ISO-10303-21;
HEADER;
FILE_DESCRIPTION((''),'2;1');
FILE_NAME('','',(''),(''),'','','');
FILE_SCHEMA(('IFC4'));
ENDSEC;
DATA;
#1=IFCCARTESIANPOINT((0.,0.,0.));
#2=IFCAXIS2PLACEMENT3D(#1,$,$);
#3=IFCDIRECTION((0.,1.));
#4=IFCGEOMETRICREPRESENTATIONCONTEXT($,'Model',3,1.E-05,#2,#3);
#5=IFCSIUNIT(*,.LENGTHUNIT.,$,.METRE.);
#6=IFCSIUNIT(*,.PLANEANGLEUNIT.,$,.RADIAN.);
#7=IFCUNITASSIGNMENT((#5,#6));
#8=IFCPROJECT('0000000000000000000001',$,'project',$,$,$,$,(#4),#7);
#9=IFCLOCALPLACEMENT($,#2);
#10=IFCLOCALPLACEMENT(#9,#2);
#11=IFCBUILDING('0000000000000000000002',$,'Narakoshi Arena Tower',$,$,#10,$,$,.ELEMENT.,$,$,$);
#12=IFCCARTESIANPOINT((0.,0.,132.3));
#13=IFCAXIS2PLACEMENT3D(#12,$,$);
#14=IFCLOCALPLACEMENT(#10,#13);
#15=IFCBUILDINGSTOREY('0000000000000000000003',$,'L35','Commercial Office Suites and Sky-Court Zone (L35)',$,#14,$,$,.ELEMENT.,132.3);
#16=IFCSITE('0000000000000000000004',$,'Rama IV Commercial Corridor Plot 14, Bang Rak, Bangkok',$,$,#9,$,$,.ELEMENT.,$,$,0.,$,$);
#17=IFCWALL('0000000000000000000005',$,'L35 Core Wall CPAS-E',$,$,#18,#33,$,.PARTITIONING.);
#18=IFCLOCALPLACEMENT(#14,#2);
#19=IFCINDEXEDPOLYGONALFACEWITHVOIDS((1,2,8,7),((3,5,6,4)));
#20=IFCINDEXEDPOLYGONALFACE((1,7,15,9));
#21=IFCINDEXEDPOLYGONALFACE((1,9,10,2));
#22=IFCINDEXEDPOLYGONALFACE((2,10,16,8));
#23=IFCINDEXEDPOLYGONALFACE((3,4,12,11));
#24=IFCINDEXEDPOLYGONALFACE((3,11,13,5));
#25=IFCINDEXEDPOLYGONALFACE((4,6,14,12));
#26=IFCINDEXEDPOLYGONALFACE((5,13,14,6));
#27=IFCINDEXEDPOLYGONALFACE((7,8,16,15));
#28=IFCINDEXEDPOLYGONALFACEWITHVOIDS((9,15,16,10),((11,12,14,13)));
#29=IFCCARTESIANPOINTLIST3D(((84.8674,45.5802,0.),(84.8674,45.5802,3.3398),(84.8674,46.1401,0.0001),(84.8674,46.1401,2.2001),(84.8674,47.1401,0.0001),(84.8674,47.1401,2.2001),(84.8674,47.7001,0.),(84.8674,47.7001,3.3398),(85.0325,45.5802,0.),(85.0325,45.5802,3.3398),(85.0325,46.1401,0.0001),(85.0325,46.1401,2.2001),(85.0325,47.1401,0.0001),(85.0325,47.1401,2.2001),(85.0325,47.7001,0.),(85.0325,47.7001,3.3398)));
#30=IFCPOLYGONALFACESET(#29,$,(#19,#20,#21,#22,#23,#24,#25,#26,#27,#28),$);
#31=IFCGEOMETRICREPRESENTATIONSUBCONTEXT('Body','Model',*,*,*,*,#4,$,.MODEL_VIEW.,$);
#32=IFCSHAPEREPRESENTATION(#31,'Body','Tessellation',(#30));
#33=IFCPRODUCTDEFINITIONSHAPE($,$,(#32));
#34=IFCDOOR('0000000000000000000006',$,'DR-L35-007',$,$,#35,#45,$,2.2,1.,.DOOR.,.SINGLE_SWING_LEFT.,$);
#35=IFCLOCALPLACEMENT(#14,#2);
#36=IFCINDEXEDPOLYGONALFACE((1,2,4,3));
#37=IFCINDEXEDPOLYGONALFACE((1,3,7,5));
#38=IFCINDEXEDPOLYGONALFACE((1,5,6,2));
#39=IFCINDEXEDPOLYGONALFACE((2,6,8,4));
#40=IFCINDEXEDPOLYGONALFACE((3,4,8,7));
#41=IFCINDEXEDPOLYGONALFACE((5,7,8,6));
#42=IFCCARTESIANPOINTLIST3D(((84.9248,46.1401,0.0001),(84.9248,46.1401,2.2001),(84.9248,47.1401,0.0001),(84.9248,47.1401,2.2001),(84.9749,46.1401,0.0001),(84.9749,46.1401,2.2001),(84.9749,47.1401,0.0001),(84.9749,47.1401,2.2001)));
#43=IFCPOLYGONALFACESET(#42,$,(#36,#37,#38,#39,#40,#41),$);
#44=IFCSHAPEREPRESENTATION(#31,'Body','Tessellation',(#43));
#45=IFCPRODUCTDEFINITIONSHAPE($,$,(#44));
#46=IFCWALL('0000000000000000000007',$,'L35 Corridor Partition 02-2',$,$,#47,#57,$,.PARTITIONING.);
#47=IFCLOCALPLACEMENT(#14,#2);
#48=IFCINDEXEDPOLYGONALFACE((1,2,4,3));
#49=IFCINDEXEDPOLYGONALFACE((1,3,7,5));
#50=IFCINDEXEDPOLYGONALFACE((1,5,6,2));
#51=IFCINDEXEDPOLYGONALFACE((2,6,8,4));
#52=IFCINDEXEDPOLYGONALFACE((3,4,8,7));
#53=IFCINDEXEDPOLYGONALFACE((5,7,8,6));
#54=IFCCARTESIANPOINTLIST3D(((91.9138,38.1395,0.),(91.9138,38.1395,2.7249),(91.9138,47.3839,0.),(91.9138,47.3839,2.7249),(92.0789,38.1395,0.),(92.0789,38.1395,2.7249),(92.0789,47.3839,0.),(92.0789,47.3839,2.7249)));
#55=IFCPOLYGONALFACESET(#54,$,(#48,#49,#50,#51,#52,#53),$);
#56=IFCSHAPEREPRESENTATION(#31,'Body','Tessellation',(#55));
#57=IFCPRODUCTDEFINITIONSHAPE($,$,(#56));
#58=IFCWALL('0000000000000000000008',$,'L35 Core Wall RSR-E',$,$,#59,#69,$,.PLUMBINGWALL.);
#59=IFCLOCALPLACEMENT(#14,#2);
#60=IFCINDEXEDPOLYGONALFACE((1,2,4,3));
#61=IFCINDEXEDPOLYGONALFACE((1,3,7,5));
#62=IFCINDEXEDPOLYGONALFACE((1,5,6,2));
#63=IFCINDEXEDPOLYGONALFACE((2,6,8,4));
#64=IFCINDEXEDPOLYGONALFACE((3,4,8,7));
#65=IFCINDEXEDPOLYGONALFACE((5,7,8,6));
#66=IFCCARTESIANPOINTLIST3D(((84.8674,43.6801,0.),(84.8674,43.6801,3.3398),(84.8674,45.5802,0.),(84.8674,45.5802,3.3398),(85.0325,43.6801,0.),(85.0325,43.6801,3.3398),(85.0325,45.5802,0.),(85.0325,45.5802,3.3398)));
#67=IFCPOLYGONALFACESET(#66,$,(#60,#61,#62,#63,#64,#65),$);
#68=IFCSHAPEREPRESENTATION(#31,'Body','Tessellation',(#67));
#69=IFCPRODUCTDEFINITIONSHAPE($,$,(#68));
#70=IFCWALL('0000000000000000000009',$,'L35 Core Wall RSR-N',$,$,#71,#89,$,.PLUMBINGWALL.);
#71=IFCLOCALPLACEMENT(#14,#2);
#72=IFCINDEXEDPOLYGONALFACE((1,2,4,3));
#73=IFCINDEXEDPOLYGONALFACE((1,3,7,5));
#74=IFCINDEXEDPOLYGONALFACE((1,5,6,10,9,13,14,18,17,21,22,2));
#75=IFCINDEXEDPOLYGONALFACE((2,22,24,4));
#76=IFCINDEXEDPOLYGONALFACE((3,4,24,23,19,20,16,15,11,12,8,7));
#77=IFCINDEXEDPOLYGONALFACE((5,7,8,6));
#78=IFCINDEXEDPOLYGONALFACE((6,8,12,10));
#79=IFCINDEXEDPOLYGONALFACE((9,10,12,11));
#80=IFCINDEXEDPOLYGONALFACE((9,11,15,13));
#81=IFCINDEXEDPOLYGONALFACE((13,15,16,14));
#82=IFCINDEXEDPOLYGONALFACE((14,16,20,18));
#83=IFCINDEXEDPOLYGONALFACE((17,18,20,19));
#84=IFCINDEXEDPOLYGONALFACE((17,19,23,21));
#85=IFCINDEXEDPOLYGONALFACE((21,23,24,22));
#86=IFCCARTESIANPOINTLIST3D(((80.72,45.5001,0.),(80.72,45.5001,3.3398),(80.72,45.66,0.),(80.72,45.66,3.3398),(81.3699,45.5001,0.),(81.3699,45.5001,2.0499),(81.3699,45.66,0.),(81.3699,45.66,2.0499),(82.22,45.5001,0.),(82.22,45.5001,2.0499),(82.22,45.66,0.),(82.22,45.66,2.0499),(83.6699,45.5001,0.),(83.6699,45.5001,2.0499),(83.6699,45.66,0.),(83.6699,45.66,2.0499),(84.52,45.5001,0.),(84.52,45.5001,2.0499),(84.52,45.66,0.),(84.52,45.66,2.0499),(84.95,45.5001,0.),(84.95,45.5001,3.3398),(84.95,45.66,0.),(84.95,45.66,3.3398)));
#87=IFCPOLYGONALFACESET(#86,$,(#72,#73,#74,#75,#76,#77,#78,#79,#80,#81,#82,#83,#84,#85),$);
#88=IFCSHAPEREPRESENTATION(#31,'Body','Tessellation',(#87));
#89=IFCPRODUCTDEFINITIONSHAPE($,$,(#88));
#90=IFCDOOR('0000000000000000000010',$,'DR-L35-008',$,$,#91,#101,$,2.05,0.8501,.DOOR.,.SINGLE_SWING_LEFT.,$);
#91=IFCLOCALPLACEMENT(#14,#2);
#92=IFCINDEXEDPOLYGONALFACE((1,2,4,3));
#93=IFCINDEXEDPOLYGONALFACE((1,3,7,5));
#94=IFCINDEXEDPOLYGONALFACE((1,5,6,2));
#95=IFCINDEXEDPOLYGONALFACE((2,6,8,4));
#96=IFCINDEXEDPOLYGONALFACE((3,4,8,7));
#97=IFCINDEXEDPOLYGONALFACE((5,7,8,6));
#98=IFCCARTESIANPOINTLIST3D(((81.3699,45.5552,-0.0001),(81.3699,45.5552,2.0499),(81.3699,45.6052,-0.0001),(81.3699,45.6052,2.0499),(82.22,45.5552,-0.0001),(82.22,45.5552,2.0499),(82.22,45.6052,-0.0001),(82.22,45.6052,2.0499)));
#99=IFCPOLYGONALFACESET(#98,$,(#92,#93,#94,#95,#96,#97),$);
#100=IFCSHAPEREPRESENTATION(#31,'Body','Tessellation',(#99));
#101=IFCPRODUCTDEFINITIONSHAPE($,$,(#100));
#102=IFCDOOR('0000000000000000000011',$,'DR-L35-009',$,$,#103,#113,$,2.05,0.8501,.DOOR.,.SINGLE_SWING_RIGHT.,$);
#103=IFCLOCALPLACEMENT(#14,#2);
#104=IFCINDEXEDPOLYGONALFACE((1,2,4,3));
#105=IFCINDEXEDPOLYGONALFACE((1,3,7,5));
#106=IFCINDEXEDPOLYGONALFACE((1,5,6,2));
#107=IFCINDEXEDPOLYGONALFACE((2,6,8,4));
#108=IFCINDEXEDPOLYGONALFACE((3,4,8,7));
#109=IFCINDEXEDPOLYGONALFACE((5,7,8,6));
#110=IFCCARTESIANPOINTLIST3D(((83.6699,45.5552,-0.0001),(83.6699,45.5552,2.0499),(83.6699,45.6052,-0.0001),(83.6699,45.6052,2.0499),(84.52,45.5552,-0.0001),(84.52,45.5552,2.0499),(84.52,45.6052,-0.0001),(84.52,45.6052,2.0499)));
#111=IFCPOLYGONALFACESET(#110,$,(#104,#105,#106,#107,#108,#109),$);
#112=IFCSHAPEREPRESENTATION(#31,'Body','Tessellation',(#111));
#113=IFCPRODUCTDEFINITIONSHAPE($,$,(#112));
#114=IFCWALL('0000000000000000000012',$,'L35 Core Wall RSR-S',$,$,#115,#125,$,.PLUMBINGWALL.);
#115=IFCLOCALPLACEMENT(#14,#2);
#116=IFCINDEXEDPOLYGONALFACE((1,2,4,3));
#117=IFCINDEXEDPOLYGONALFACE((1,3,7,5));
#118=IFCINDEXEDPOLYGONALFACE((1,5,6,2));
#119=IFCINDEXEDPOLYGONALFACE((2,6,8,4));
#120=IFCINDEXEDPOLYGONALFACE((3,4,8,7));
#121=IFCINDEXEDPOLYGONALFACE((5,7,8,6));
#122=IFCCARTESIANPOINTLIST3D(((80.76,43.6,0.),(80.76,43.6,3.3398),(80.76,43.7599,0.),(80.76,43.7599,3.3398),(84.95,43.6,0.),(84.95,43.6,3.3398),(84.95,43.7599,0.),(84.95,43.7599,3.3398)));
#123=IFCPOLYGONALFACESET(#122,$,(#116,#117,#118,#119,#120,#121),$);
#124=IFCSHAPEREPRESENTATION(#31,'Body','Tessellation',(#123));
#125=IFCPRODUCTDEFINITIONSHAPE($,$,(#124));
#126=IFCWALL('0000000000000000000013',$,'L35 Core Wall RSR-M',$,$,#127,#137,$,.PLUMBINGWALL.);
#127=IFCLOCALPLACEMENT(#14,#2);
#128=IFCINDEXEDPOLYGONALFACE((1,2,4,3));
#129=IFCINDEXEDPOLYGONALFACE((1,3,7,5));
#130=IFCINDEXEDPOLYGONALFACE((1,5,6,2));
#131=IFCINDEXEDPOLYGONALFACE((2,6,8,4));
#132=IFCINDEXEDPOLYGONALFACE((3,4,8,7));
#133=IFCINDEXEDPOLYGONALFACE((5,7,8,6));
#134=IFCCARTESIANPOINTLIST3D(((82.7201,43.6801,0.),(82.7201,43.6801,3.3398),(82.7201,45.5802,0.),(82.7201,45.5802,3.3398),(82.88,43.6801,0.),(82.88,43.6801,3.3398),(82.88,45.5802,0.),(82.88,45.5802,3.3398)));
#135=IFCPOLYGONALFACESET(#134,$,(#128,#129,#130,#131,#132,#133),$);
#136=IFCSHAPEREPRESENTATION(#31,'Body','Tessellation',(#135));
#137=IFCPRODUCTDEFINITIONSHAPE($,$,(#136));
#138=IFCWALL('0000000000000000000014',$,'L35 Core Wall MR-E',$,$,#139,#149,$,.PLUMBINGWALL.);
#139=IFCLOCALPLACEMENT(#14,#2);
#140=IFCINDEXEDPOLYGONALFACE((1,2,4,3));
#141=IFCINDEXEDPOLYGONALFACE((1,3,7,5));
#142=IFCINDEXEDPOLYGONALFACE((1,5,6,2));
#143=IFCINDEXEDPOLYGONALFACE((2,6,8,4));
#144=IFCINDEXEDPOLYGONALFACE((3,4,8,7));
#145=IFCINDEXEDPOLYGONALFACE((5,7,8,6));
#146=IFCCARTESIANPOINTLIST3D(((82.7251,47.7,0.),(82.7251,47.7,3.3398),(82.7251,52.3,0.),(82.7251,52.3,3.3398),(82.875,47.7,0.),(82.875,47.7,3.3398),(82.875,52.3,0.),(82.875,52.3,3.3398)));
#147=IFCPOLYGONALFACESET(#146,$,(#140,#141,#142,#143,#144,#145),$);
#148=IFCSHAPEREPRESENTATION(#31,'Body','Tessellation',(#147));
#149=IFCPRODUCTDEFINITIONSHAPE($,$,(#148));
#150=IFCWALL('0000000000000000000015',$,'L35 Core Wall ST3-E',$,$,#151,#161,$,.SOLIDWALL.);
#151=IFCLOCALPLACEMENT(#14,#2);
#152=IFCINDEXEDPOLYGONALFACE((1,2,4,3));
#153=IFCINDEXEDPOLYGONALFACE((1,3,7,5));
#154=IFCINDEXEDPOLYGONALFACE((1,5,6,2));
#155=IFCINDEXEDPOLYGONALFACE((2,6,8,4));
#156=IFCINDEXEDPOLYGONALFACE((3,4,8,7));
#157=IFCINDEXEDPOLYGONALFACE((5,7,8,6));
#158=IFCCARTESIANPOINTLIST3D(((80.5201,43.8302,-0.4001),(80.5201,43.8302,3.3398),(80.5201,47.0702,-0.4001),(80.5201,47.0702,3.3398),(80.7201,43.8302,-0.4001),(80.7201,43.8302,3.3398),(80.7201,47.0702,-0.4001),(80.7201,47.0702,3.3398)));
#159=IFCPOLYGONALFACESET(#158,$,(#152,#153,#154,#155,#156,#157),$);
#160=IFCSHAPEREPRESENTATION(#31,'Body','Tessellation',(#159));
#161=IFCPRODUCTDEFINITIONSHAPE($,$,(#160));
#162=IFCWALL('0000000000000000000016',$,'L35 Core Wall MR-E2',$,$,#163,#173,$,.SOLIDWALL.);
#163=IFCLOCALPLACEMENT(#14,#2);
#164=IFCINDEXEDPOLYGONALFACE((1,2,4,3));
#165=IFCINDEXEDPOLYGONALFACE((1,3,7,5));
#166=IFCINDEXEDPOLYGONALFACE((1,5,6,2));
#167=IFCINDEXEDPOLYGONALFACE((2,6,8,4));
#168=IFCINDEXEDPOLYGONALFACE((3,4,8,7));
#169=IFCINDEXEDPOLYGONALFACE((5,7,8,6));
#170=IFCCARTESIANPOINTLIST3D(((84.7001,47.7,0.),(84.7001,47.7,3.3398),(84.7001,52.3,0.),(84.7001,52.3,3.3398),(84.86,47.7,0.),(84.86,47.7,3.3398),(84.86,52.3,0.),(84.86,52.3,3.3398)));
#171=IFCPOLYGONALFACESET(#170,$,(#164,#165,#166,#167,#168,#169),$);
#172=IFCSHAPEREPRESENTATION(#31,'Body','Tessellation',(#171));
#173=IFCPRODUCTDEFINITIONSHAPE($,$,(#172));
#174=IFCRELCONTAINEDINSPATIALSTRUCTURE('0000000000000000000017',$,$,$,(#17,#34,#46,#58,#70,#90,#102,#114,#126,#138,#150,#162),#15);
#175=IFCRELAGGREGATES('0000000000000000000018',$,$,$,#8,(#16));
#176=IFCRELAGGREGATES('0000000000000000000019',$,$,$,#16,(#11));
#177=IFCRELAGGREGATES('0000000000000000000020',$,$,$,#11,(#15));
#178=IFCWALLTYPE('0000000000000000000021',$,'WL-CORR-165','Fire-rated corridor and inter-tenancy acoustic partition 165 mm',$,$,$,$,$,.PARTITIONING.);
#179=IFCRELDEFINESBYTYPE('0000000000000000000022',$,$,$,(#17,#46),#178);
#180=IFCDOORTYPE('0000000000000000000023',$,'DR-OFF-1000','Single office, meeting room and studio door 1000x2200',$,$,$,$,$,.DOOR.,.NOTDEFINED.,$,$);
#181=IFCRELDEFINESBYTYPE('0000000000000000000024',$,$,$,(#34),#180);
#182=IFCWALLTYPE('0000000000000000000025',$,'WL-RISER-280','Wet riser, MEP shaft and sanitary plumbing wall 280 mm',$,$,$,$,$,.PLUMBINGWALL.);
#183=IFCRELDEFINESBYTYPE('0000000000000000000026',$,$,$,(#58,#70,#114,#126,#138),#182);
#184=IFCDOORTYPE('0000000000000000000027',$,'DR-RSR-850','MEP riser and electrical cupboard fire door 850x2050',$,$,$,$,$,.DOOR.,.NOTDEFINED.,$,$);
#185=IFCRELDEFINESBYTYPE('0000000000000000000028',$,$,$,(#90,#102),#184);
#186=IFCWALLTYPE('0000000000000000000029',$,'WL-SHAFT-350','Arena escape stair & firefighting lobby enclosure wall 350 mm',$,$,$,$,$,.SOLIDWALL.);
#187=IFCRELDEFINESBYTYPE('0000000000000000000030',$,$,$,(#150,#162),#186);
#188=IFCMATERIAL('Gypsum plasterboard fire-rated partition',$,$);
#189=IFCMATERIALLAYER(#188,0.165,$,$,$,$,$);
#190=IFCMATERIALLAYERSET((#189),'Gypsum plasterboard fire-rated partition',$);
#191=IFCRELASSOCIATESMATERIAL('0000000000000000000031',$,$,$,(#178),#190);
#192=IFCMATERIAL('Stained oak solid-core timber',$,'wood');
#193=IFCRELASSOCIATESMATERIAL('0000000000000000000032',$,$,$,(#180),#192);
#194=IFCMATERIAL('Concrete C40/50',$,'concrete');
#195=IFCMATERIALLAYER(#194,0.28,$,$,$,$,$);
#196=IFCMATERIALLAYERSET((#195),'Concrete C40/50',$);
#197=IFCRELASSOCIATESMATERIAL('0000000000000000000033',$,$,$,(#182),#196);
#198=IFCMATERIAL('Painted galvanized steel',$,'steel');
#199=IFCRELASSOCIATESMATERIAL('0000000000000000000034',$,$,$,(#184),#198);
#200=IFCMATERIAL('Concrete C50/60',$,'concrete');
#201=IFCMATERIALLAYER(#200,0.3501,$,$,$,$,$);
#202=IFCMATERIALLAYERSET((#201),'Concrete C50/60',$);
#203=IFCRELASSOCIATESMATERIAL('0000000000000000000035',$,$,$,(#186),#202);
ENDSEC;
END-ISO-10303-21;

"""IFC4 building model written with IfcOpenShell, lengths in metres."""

from ifc_helpers import new_model, si_unit, direction, frame, frame_2d, origin, place, context, subcontext, project, spatial, rectangle, extrude, material, layer, layer_set, type_object, element, fill, save


model = new_model("IFC4")

# Units and contexts
model_context = context("Model", 3, precision=1e-05, world=origin(), true_north=direction((0.0, 1.0)))
body_context = subcontext(model_context, "Body", "Model", "MODEL_VIEW")
ifc_project = project(units=[si_unit("LENGTHUNIT", "METRE"), si_unit("PLANEANGLEUNIT", "RADIAN")], contexts=[model_context])

# Site, building, storey
site_placement = place(None, origin())
site = spatial("IfcSite", under=ifc_project, at=site_placement, Name="Rama IV Commercial Corridor Plot 14, Bang Rak, Bangkok", CompositionType="ELEMENT", RefElevation=0.0)
building_placement = place(site_placement, origin())
building = spatial("IfcBuilding", under=site, at=building_placement, Name="Narakoshi Arena Tower", CompositionType="ELEMENT")
storey_placement = place(building_placement, frame((0.0, 0.0, 132.3)))
storey = spatial("IfcBuildingStorey", under=building, at=storey_placement, Name="L35", Description="Commercial Office Suites and Sky-Court Zone (L35)", CompositionType="ELEMENT", Elevation=132.3)

# Wall, opening, door
ifc_material_1 = material(Name="Gypsum plasterboard fire-rated partition")
ifc_layer_1 = layer(ifc_material_1, 0.165)
ifc_layer_set_1 = layer_set([ifc_layer_1], Name="Gypsum plasterboard fire-rated partition")
wall_type_1 = type_object("IfcWallType", Name="WL-CORR-165", Description="Fire-rated corridor and inter-tenancy acoustic partition 165 mm", PredefinedType="PARTITIONING", material=ifc_layer_set_1)
wall_1_placement = place(storey_placement, frame((84.95, 45.5801, 0.0), z_axis=(0.0, 0.0, 1.0), x_axis=(0.0, 1.0, 0.0)))
wall_1 = element("IfcWall", 1, at=wall_1_placement, inside=storey, type_object=wall_type_1, Name="L35 Core Wall CPAS-E", PredefinedType="PARTITIONING", context=body_context, shape_type="SweptSolid", body=[
    extrude(rectangle(XDim=2.1199, YDim=0.165, at=frame_2d((1.0601, 0.0))), origin(), (0.0, 0.0, 1.0), 3.3398),
])
opening_1_placement = place(wall_1_placement, frame((0.5601, 0.0, 0.0)))
opening_1 = element("IfcOpeningElement", 2, at=opening_1_placement, cuts=wall_1, PredefinedType="OPENING", context=body_context, shape_type="SweptSolid", body=[
    extrude(rectangle(XDim=1.0, YDim=2.2, at=frame_2d((0.5, 1.1001))), frame((0.0, 0.0925, 0.0), z_axis=(0.0, -1.0, 0.0), x_axis=(1.0, 0.0, 0.0)), (0.0, 0.0, 1.0), 0.1851),
])
ifc_material_2 = material(Name="Stained oak solid-core timber", Category="wood")
door_type_1 = type_object("IfcDoorType", Name="DR-OFF-1000", Description="Single office, meeting room and studio door 1000x2200", OperationType="NOTDEFINED", PredefinedType="DOOR", material=ifc_material_2)
door_1_placement = place(opening_1_placement, frame((1.0, 0.0, 0.0), z_axis=(0.0, 0.0, 1.0), x_axis=(-1.0, 0.0, 0.0)))
door_1 = element("IfcDoor", 3, at=door_1_placement, inside=storey, type_object=door_type_1, Name="DR-L35-007", OperationType="SINGLE_SWING_LEFT", OverallHeight=2.2, OverallWidth=1.0, PredefinedType="DOOR", context=body_context, shape_type="SweptSolid", body=[
    extrude(rectangle(XDim=1.0, YDim=2.2, at=frame_2d((0.5, 1.1001))), frame((0.0, 0.0249, 0.0), z_axis=(0.0, -1.0, 0.0), x_axis=(1.0, 0.0, 0.0)), (0.0, 0.0, 1.0), 0.05),
])
fill(opening_1, door_1)

# Walls
wall_2_placement = place(storey_placement, frame((91.9963, 47.3838, 0.0), z_axis=(0.0, 0.0, 1.0), x_axis=(0.0, -1.0, 0.0)))
element("IfcWall", 4, at=wall_2_placement, inside=storey, type_object=wall_type_1, Name="L35 Corridor Partition 02-2", PredefinedType="PARTITIONING", context=body_context, shape_type="SweptSolid", body=[
    extrude(rectangle(XDim=9.2444, YDim=0.165, at=frame_2d((4.6221, 0.0))), origin(), (0.0, 0.0, 1.0), 2.7249),
])
ifc_material_3 = material(Name="Concrete C40/50", Category="concrete")
ifc_layer_2 = layer(ifc_material_3, 0.28)
ifc_layer_set_2 = layer_set([ifc_layer_2], Name="Concrete C40/50")
wall_type_2 = type_object("IfcWallType", Name="WL-RISER-280", Description="Wet riser, MEP shaft and sanitary plumbing wall 280 mm", PredefinedType="PLUMBINGWALL", material=ifc_layer_set_2)
wall_3_placement = place(storey_placement, frame((84.95, 43.6799, 0.0), z_axis=(0.0, 0.0, 1.0), x_axis=(0.0, 1.0, 0.0)))
element("IfcWall", 5, at=wall_3_placement, inside=storey, type_object=wall_type_2, Name="L35 Core Wall RSR-E", PredefinedType="PLUMBINGWALL", context=body_context, shape_type="SweptSolid", body=[
    extrude(rectangle(XDim=1.9001, YDim=0.165, at=frame_2d((0.9502, 0.0))), origin(), (0.0, 0.0, 1.0), 3.3398),
])

# Wall, openings, doors
wall_4_placement = place(storey_placement, frame((80.72, 45.5801, 0.0), z_axis=(0.0, 0.0, 1.0), x_axis=(1.0, 0.0, 0.0)))
wall_4 = element("IfcWall", 6, at=wall_4_placement, inside=storey, type_object=wall_type_2, Name="L35 Core Wall RSR-N", PredefinedType="PLUMBINGWALL", context=body_context, shape_type="SweptSolid", body=[
    extrude(rectangle(XDim=4.23, YDim=0.1599, at=frame_2d((2.115, 0.0))), origin(), (0.0, 0.0, 1.0), 3.3398),
])
opening_2_placement = place(wall_4_placement, frame((0.6499, 0.0, 0.0)))
opening_2 = element("IfcOpeningElement", 7, at=opening_2_placement, cuts=wall_4, PredefinedType="OPENING", context=body_context, shape_type="SweptSolid", body=[
    extrude(rectangle(XDim=0.8501, YDim=2.05, at=frame_2d((0.425, 1.0249))), frame((0.0, 0.0898, 0.0), z_axis=(0.0, -1.0, 0.0), x_axis=(1.0, 0.0, 0.0)), (0.0, 0.0, 1.0), 0.1799),
])
opening_3_placement = place(wall_4_placement, frame((2.95, 0.0, 0.0)))
opening_3 = element("IfcOpeningElement", 8, at=opening_3_placement, cuts=wall_4, PredefinedType="OPENING", context=body_context, shape_type="SweptSolid", body=[
    extrude(rectangle(XDim=0.8501, YDim=2.05, at=frame_2d((0.425, 1.0249))), frame((0.0, 0.0898, 0.0), z_axis=(0.0, -1.0, 0.0), x_axis=(1.0, 0.0, 0.0)), (0.0, 0.0, 1.0), 0.1799),
])
ifc_material_4 = material(Name="Painted galvanized steel", Category="steel")
door_type_2 = type_object("IfcDoorType", Name="DR-RSR-850", Description="MEP riser and electrical cupboard fire door 850x2050", OperationType="NOTDEFINED", PredefinedType="DOOR", material=ifc_material_4)
door_2_placement = place(opening_2_placement, frame((0.8501, 0.0, 0.0), z_axis=(0.0, 0.0, 1.0), x_axis=(-1.0, 0.0, 0.0)))
door_2 = element("IfcDoor", 9, at=door_2_placement, inside=storey, type_object=door_type_2, Name="DR-L35-008", OperationType="SINGLE_SWING_LEFT", OverallHeight=2.05, OverallWidth=0.8501, PredefinedType="DOOR", context=body_context, shape_type="SweptSolid", body=[
    extrude(rectangle(XDim=0.8501, YDim=2.05, at=frame_2d((0.425, 1.0249))), frame((0.0, 0.0249, 0.0), z_axis=(0.0, -1.0, 0.0), x_axis=(1.0, 0.0, 0.0)), (0.0, 0.0, 1.0), 0.05),
])
fill(opening_2, door_2)
door_3_placement = place(opening_3_placement, frame((0.8501, 0.0, 0.0), z_axis=(0.0, 0.0, 1.0), x_axis=(-1.0, 0.0, 0.0)))
door_3 = element("IfcDoor", 10, at=door_3_placement, inside=storey, type_object=door_type_2, Name="DR-L35-009", OperationType="SINGLE_SWING_RIGHT", OverallHeight=2.05, OverallWidth=0.8501, PredefinedType="DOOR", context=body_context, shape_type="SweptSolid", body=[
    extrude(rectangle(XDim=0.8501, YDim=2.05, at=frame_2d((0.425, 1.0249))), frame((0.0, 0.0249, 0.0), z_axis=(0.0, -1.0, 0.0), x_axis=(1.0, 0.0, 0.0)), (0.0, 0.0, 1.0), 0.05),
])
fill(opening_3, door_3)

# Walls
wall_5_placement = place(storey_placement, frame((80.76, 43.6799, 0.0), z_axis=(0.0, 0.0, 1.0), x_axis=(1.0, 0.0, 0.0)))
element("IfcWall", 11, at=wall_5_placement, inside=storey, type_object=wall_type_2, Name="L35 Core Wall RSR-S", PredefinedType="PLUMBINGWALL", context=body_context, shape_type="SweptSolid", body=[
    extrude(rectangle(XDim=4.1899, YDim=0.1599, at=frame_2d((2.095, 0.0))), origin(), (0.0, 0.0, 1.0), 3.3398),
])
wall_6_placement = place(storey_placement, frame((82.8, 43.6799, 0.0), z_axis=(0.0, 0.0, 1.0), x_axis=(0.0, 1.0, 0.0)))
element("IfcWall", 12, at=wall_6_placement, inside=storey, type_object=wall_type_2, Name="L35 Core Wall RSR-M", PredefinedType="PLUMBINGWALL", context=body_context, shape_type="SweptSolid", body=[
    extrude(rectangle(XDim=1.9001, YDim=0.1599, at=frame_2d((0.9502, 0.0))), origin(), (0.0, 0.0, 1.0), 3.3398),
])
wall_7_placement = place(storey_placement, frame((82.8, 47.7, 0.0), z_axis=(0.0, 0.0, 1.0), x_axis=(0.0, 1.0, 0.0)))
element("IfcWall", 13, at=wall_7_placement, inside=storey, type_object=wall_type_2, Name="L35 Core Wall MR-E", PredefinedType="PLUMBINGWALL", context=body_context, shape_type="SweptSolid", body=[
    extrude(rectangle(XDim=4.6001, YDim=0.1499, at=frame_2d((2.3, 0.0))), origin(), (0.0, 0.0, 1.0), 3.3398),
])
ifc_material_5 = material(Name="Concrete C50/60", Category="concrete")
ifc_layer_3 = layer(ifc_material_5, 0.3501)
ifc_layer_set_3 = layer_set([ifc_layer_3], Name="Concrete C50/60")
wall_type_3 = type_object("IfcWallType", Name="WL-SHAFT-350", Description="Arena escape stair & firefighting lobby enclosure wall 350 mm", PredefinedType="SOLIDWALL", material=ifc_layer_set_3)
wall_8_placement = place(storey_placement, frame((80.6201, 43.8301, -0.4001), z_axis=(0.0, 0.0, 1.0), x_axis=(0.0, 1.0, 0.0)))
element("IfcWall", 14, at=wall_8_placement, inside=storey, type_object=wall_type_3, Name="L35 Core Wall ST3-E", PredefinedType="SOLIDWALL", context=body_context, shape_type="SweptSolid", body=[
    extrude(rectangle(XDim=3.24, YDim=0.2, at=frame_2d((1.6201, 0.0))), origin(), (0.0, 0.0, 1.0), 3.74),
])
wall_9_placement = place(storey_placement, frame((84.78, 47.7, 0.0), z_axis=(0.0, 0.0, 1.0), x_axis=(0.0, 1.0, 0.0)))
element("IfcWall", 15, at=wall_9_placement, inside=storey, type_object=wall_type_3, Name="L35 Core Wall MR-E2", PredefinedType="SOLIDWALL", context=body_context, shape_type="SweptSolid", body=[
    extrude(rectangle(XDim=4.6001, YDim=0.1599, at=frame_2d((2.3, 0.0))), origin(), (0.0, 0.0, 1.0), 3.3398),
])

save(model, "model.ifc")
